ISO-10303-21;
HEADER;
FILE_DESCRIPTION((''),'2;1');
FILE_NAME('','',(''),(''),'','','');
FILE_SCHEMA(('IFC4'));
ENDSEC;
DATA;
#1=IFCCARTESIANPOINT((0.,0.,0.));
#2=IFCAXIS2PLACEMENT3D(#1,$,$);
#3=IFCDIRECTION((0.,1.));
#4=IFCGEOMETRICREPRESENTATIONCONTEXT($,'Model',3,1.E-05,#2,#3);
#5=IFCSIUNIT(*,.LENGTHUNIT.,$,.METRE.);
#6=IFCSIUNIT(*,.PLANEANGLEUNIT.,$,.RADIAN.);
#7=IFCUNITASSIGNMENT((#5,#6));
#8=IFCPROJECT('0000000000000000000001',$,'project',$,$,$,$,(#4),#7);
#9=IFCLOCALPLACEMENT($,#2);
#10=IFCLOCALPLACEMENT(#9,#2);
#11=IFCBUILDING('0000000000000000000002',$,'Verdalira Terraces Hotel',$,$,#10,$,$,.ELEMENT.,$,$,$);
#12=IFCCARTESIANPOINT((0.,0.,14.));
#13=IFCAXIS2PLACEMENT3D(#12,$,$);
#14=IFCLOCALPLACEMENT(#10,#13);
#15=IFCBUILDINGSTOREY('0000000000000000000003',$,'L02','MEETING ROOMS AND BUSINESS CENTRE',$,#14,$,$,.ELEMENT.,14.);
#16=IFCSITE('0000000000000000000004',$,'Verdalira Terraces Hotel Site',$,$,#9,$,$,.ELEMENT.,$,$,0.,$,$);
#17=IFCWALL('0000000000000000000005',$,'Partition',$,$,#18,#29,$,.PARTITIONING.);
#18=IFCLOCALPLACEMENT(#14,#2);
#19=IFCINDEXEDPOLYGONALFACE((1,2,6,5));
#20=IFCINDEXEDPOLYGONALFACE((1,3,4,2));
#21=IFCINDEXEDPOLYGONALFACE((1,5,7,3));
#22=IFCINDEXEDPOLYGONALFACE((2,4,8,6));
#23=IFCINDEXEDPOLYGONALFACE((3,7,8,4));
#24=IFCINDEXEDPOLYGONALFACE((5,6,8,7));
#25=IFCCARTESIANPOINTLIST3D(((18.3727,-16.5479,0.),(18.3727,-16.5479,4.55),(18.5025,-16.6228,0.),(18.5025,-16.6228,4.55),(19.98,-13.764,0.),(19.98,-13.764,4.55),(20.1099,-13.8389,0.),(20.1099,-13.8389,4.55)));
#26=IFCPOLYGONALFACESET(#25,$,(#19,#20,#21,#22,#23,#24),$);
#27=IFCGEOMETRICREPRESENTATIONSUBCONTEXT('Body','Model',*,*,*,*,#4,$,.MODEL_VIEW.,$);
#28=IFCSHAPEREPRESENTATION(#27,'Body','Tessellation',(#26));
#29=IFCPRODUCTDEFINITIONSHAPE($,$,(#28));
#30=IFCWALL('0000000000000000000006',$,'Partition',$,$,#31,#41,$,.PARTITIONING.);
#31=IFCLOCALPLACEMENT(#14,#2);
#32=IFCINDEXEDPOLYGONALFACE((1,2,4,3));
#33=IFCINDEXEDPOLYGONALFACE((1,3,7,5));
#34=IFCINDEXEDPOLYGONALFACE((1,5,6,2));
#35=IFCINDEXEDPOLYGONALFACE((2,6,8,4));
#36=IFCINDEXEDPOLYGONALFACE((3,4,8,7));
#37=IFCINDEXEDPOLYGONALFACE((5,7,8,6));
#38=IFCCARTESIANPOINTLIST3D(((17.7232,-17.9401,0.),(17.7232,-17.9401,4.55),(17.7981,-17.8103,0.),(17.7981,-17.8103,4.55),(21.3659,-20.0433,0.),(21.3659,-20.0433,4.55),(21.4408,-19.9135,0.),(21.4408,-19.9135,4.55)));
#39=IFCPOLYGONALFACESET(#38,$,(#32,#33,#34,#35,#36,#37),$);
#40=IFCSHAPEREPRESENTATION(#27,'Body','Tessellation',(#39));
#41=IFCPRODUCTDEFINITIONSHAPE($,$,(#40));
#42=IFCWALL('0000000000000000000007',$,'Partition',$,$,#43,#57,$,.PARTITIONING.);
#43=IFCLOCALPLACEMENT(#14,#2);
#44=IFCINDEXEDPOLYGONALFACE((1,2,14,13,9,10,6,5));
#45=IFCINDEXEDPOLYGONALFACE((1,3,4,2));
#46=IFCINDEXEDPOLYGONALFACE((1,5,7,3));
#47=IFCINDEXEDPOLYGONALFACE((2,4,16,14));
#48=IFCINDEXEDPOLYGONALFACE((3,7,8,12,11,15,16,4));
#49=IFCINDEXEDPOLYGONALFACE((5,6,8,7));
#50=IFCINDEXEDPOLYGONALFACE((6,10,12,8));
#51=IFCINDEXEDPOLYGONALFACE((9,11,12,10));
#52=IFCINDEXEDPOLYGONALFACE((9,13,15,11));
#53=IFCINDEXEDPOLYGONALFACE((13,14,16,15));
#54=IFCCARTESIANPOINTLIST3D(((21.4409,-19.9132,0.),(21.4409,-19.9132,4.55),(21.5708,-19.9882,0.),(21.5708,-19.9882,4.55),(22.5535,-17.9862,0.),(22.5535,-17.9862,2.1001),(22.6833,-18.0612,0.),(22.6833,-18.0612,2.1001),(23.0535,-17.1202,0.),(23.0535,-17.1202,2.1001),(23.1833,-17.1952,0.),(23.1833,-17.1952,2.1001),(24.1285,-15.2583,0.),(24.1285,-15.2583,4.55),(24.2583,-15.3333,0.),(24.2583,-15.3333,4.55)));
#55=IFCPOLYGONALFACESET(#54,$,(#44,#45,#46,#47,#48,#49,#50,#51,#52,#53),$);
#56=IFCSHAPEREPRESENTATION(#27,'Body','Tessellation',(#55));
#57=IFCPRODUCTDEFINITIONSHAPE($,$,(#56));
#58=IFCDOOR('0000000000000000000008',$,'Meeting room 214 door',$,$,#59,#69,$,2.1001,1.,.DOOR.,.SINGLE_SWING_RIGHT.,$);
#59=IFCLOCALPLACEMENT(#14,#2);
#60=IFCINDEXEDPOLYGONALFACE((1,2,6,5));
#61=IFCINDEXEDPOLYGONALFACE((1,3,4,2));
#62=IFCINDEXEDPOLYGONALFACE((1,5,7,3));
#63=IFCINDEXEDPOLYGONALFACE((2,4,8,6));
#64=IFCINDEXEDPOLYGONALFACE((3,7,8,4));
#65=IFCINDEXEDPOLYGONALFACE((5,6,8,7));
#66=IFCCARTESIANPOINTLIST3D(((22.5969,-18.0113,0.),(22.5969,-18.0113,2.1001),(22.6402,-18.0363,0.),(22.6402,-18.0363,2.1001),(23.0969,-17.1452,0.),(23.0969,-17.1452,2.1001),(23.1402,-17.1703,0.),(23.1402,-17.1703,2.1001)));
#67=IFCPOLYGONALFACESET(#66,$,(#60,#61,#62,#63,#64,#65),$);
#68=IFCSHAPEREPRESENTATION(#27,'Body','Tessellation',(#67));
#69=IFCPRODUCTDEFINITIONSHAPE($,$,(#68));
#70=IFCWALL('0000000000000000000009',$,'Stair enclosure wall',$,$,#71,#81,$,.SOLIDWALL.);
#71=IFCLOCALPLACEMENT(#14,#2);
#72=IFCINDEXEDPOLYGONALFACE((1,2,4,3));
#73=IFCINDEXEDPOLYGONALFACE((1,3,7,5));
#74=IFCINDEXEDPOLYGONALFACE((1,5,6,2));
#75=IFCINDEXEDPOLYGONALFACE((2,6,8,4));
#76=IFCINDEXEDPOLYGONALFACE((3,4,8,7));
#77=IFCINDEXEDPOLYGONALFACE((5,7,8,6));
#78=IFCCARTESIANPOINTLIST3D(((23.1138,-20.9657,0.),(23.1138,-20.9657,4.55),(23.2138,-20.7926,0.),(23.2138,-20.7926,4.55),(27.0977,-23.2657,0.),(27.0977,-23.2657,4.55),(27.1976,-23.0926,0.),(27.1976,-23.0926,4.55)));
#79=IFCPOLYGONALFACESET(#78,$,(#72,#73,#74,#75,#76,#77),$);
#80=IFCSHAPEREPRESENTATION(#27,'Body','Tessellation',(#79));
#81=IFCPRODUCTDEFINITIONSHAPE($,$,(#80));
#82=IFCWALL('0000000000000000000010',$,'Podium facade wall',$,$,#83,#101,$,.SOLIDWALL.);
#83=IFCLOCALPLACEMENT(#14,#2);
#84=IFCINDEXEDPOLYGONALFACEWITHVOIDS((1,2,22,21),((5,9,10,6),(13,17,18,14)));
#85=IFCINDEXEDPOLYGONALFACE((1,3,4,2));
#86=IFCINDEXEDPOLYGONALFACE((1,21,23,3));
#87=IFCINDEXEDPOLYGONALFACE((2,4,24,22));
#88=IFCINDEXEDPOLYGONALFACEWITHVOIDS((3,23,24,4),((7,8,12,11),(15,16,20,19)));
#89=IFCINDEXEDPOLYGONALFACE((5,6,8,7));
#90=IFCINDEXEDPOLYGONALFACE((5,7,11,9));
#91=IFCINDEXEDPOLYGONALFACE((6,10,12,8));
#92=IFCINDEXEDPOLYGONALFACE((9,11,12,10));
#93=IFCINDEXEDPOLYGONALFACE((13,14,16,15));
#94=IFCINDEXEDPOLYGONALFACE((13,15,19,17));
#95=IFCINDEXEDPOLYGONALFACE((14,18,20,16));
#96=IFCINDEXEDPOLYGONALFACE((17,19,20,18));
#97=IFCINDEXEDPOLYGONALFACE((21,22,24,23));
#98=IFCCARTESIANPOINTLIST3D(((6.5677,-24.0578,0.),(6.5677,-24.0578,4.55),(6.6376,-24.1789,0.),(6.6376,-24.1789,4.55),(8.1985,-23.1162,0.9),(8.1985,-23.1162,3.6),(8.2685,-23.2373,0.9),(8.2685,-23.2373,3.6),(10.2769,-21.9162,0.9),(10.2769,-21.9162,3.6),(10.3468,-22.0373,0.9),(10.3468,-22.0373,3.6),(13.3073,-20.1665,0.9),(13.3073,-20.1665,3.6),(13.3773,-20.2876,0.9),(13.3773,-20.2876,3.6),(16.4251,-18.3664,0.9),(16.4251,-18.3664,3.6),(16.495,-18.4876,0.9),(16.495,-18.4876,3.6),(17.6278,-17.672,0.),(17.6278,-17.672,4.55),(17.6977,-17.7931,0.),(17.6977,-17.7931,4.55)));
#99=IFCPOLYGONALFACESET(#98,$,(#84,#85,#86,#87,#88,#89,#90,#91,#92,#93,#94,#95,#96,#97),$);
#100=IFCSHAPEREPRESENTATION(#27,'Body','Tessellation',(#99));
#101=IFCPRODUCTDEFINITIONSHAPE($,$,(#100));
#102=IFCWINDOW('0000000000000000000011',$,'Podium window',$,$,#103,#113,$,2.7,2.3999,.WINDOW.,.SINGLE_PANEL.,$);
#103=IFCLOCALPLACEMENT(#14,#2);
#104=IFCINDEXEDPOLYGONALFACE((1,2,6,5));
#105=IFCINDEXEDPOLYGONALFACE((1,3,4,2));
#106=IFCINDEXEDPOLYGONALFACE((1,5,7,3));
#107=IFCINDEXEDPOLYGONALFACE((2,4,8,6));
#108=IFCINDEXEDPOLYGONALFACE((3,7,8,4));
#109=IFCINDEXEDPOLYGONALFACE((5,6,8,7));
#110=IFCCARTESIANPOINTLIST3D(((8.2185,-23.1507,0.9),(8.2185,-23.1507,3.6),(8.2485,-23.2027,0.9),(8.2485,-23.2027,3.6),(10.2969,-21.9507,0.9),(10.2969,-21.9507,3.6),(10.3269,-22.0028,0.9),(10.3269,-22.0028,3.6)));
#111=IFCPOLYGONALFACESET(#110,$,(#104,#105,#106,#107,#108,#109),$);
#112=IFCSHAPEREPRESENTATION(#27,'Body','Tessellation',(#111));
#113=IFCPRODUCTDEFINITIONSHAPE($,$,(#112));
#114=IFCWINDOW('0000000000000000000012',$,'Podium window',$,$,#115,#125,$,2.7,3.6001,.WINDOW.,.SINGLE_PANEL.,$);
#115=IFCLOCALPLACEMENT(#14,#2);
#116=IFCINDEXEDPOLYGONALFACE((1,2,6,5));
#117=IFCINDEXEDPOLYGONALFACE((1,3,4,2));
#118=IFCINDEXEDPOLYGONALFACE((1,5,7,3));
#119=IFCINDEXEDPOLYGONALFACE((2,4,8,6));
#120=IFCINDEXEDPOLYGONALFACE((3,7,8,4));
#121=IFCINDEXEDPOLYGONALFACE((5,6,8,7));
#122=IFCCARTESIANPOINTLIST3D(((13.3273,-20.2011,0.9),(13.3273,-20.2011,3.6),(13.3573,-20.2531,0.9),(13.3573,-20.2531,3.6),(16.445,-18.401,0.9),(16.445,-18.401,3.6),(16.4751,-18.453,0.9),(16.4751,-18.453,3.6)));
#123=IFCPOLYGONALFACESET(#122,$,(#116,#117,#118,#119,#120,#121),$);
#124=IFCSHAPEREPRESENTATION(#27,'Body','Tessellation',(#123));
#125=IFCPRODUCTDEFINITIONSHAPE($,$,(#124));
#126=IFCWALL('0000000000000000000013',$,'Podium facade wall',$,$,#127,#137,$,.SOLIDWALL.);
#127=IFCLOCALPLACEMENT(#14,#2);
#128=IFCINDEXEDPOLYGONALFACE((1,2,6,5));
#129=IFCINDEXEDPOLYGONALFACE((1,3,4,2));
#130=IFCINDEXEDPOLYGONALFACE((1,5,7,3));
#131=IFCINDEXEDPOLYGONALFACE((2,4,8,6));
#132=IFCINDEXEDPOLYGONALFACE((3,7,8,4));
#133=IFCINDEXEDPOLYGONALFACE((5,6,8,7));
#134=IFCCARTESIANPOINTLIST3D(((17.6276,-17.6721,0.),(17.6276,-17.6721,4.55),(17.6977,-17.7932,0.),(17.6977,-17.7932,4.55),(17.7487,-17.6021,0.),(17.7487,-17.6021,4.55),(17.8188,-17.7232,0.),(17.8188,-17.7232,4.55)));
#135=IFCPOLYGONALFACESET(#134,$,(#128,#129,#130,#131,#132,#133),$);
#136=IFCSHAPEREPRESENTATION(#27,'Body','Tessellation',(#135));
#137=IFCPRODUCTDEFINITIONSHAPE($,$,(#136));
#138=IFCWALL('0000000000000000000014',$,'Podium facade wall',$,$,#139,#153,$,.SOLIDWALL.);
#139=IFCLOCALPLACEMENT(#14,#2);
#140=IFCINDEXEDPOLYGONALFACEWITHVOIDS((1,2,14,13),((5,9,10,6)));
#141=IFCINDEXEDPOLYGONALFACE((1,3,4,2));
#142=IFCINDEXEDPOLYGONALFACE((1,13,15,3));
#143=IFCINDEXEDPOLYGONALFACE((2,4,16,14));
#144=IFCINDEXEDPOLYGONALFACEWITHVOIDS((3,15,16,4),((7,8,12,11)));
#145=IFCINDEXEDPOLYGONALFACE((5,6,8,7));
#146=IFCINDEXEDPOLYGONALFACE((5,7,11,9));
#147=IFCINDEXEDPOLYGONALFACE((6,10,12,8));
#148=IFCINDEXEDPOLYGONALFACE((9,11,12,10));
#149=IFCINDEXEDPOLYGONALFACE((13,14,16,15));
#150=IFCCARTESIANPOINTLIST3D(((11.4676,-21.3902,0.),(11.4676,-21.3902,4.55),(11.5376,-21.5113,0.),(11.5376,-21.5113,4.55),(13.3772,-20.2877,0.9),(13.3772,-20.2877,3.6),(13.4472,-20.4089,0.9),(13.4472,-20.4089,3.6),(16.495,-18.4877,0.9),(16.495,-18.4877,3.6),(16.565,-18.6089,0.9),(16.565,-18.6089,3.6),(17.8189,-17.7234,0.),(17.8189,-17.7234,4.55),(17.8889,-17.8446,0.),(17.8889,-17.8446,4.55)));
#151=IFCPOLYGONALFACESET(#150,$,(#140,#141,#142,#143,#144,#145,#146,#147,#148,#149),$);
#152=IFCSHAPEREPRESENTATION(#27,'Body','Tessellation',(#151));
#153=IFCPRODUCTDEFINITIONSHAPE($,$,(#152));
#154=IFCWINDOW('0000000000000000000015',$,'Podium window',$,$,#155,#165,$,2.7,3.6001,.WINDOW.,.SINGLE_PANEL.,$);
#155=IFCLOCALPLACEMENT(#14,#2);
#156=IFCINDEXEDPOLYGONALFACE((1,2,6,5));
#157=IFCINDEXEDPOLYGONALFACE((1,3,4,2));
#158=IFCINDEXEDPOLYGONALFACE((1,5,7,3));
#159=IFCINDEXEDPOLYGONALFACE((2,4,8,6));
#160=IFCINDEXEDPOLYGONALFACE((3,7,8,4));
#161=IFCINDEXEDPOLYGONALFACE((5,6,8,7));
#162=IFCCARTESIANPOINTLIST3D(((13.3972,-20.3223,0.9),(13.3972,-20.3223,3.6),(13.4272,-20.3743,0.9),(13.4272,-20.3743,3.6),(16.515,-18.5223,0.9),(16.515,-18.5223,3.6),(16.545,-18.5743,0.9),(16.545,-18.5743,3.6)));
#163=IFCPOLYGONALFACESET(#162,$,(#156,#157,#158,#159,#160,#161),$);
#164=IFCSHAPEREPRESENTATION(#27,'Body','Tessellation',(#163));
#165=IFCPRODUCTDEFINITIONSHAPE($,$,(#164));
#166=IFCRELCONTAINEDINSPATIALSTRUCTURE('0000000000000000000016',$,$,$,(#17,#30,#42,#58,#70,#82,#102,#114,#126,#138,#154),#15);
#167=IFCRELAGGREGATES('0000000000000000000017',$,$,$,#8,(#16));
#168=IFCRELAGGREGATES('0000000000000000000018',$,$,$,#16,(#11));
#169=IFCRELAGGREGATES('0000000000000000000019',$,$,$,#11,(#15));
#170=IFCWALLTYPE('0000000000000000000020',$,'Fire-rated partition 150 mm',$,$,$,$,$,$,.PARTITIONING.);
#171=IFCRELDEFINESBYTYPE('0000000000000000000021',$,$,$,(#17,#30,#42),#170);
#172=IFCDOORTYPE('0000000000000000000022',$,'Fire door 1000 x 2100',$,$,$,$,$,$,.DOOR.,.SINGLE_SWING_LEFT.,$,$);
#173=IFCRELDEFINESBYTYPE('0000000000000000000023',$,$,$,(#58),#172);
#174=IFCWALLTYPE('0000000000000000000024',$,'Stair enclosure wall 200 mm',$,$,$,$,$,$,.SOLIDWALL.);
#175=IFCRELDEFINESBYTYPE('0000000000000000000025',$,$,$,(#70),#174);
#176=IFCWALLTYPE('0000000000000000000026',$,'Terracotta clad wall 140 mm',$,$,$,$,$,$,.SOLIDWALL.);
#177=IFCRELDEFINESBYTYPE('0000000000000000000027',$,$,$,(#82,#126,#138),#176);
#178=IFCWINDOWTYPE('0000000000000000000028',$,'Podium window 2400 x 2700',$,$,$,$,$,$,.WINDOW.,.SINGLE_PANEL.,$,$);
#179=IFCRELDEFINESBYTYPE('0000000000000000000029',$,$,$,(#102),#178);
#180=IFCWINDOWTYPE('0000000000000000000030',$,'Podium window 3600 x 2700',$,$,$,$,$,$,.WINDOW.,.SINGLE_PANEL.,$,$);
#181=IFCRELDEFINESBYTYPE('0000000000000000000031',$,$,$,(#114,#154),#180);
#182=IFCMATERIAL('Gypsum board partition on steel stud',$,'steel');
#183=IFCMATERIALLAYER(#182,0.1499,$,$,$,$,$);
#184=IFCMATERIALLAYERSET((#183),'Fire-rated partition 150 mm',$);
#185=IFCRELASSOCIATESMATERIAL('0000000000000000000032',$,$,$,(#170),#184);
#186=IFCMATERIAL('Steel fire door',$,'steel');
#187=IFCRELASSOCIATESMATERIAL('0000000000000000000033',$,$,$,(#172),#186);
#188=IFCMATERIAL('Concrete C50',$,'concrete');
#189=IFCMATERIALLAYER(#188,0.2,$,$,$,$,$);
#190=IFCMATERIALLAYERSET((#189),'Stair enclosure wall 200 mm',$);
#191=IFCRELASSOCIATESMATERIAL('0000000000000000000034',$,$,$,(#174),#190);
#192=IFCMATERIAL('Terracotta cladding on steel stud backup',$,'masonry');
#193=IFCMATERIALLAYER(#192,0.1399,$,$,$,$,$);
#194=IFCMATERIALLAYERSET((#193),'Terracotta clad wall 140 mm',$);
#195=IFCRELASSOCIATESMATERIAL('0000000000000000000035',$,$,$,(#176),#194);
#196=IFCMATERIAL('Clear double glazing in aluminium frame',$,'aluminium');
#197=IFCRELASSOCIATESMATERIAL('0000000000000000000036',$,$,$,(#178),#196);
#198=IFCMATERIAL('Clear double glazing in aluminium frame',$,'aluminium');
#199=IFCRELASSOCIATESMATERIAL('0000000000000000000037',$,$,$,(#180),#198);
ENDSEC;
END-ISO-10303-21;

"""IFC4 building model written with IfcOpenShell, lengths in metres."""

from ifc_helpers import new_model, si_unit, direction, frame, frame_2d, origin, place, context, subcontext, project, spatial, rectangle, extrude, material, layer, layer_set, type_object, element, fill, save


model = new_model("IFC4")

# Units and contexts
model_context = context("Model", 3, precision=1e-05, world=origin(), true_north=direction((0.0, 1.0)))
body_context = subcontext(model_context, "Body", "Model", "MODEL_VIEW")
ifc_project = project(units=[si_unit("LENGTHUNIT", "METRE"), si_unit("PLANEANGLEUNIT", "RADIAN")], contexts=[model_context])

# Site, building, storey
site_placement = place(None, origin())
site = spatial("IfcSite", under=ifc_project, at=site_placement, Name="Verdalira Terraces Hotel Site", CompositionType="ELEMENT", RefElevation=0.0)
building_placement = place(site_placement, origin())
building = spatial("IfcBuilding", under=site, at=building_placement, Name="Verdalira Terraces Hotel", CompositionType="ELEMENT")
storey_placement = place(building_placement, frame((0.0, 0.0, 14.0)))
storey = spatial("IfcBuildingStorey", under=building, at=storey_placement, Name="L02", Description="MEETING ROOMS AND BUSINESS CENTRE", CompositionType="ELEMENT", Elevation=14.0)

# Shared definitions
ifc_material_1 = material(Name="Gypsum board partition on steel stud", Category="steel")
ifc_layer_1 = layer(ifc_material_1, 0.1499)
ifc_layer_set_1 = layer_set([ifc_layer_1], Name="Fire-rated partition 150 mm")
wall_type_1 = type_object("IfcWallType", Name="Fire-rated partition 150 mm", PredefinedType="PARTITIONING", material=ifc_layer_set_1)
ifc_material_2 = material(Name="Steel fire door", Category="steel")
door_type = type_object("IfcDoorType", Name="Fire door 1000 x 2100", OperationType="SINGLE_SWING_LEFT", PredefinedType="DOOR", material=ifc_material_2)

# Walls
wall_1_placement = place(storey_placement, frame((18.4375, -16.5854, 0.0), z_axis=(0.0, 0.0, 1.0), x_axis=(0.500027, 0.86601, 0.0)))
element("IfcWall", 1, at=wall_1_placement, inside=storey, type_object=wall_type_1, Name="Partition", PredefinedType="PARTITIONING", context=body_context, shape_type="SweptSolid", body=[
    extrude(rectangle(XDim=3.2146, YDim=0.1499, at=frame_2d((1.6074, 0.0))), origin(), (0.0, 0.0, 1.0), 4.55),
])
wall_2_placement = place(storey_placement, frame((17.7607, -17.8752, 0.0), z_axis=(0.0, 0.0, 1.0), x_axis=(0.866016, -0.500016, 0.0)))
element("IfcWall", 2, at=wall_2_placement, inside=storey, type_object=wall_type_1, Name="Partition", PredefinedType="PARTITIONING", context=body_context, shape_type="SweptSolid", body=[
    extrude(rectangle(XDim=4.2063, YDim=0.1499, at=frame_2d((2.103, 0.0))), origin(), (0.0, 0.0, 1.0), 4.55),
])

# Wall, opening, door
wall_3_placement = place(storey_placement, frame((21.5059, -19.9507, 0.0), z_axis=(0.0, 0.0, 1.0), x_axis=(0.500008, 0.866021, 0.0)))
wall_3 = element("IfcWall", 3, at=wall_3_placement, inside=storey, type_object=wall_type_1, Name="Partition", PredefinedType="PARTITIONING", context=body_context, shape_type="SweptSolid", body=[
    extrude(rectangle(XDim=5.375, YDim=0.1499, at=frame_2d((2.6875, 0.0))), origin(), (0.0, 0.0, 1.0), 4.55),
])
opening_1_placement = place(wall_3_placement, frame((2.2251, 0.0, 0.0)))
opening_1 = element("IfcOpeningElement", 4, at=opening_1_placement, cuts=wall_3, PredefinedType="OPENING", context=body_context, shape_type="SweptSolid", body=[
    extrude(rectangle(XDim=1.0, YDim=2.1001, at=frame_2d((0.5, 1.05))), frame((0.0, 0.085, 0.0), z_axis=(0.0, -1.0, 0.0), x_axis=(1.0, 0.0, 0.0)), (0.0, 0.0, 1.0), 0.1699),
])
door_1_placement = place(opening_1_placement, origin())
door_1 = element("IfcDoor", 5, at=door_1_placement, inside=storey, type_object=door_type, Name="Meeting room 214 door", OperationType="SINGLE_SWING_RIGHT", OverallHeight=2.1001, OverallWidth=1.0, PredefinedType="DOOR", context=body_context, shape_type="SweptSolid", body=[
    extrude(rectangle(XDim=1.0, YDim=2.1001, at=frame_2d((0.5, 1.05))), frame((0.0, 0.0249, 0.0), z_axis=(0.0, -1.0, 0.0), x_axis=(1.0, 0.0, 0.0)), (0.0, 0.0, 1.0), 0.05),
])
fill(opening_1, door_1)

# Wall
ifc_material_3 = material(Name="Concrete C50", Category="concrete")
ifc_layer_2 = layer(ifc_material_3, 0.2)
ifc_layer_set_2 = layer_set([ifc_layer_2], Name="Stair enclosure wall 200 mm")
wall_type_2 = type_object("IfcWallType", Name="Stair enclosure wall 200 mm", PredefinedType="SOLIDWALL", material=ifc_layer_set_2)
wall_4_placement = place(storey_placement, frame((23.1638, -20.8791, 0.0), z_axis=(0.0, 0.0, 1.0), x_axis=(0.86603, -0.499992, 0.0)))
element("IfcWall", 6, at=wall_4_placement, inside=storey, type_object=wall_type_2, Name="Stair enclosure wall", PredefinedType="SOLIDWALL", context=body_context, shape_type="SweptSolid", body=[
    extrude(rectangle(XDim=4.6001, YDim=0.2, at=frame_2d((2.3, 0.0))), origin(), (0.0, 0.0, 1.0), 4.55),
])

# Wall, openings, windows
ifc_material_4 = material(Name="Terracotta cladding on steel stud backup", Category="masonry")
ifc_layer_3 = layer(ifc_material_4, 0.1399)
ifc_layer_set_3 = layer_set([ifc_layer_3], Name="Terracotta clad wall 140 mm")
wall_type_3 = type_object("IfcWallType", Name="Terracotta clad wall 140 mm", PredefinedType="SOLIDWALL", material=ifc_layer_set_3)
wall_5_placement = place(storey_placement, frame((6.6025, -24.1184, 0.0), z_axis=(0.0, 0.0, 1.0), x_axis=(0.866018, 0.500013, 0.0)))
wall_5 = element("IfcWall", 7, at=wall_5_placement, inside=storey, type_object=wall_type_3, Name="Podium facade wall", PredefinedType="SOLIDWALL", context=body_context, shape_type="SweptSolid", body=[
    extrude(rectangle(XDim=12.7712, YDim=0.1399, at=frame_2d((6.3857, 0.0))), origin(), (0.0, 0.0, 1.0), 4.55),
])
opening_2_placement = place(wall_5_placement, frame((1.8833, 0.0, 0.8999)))
opening_2 = element("IfcOpeningElement", 8, at=opening_2_placement, cuts=wall_5, PredefinedType="OPENING", context=body_context, shape_type="SweptSolid", body=[
    extrude(rectangle(XDim=2.3999, YDim=2.7, at=frame_2d((1.2, 1.3501))), frame((0.0, 0.0798, 0.0), z_axis=(0.0, -1.0, 0.0), x_axis=(1.0, 0.0, 0.0)), (0.0, 0.0, 1.0), 0.1599),
])
opening_3_placement = place(wall_5_placement, frame((7.7825, 0.0, 0.8999)))
opening_3 = element("IfcOpeningElement", 9, at=opening_3_placement, cuts=wall_5, PredefinedType="OPENING", context=body_context, shape_type="SweptSolid", body=[
    extrude(rectangle(XDim=3.6001, YDim=2.7, at=frame_2d((1.8, 1.3501))), frame((0.0, 0.0798, 0.0), z_axis=(0.0, -1.0, 0.0), x_axis=(1.0, 0.0, 0.0)), (0.0, 0.0, 1.0), 0.1599),
])
ifc_material_5 = material(Name="Clear double glazing in aluminium frame", Category="aluminium")
window_type_1 = type_object("IfcWindowType", Name="Podium window 2400 x 2700", PartitioningType="SINGLE_PANEL", PredefinedType="WINDOW", material=ifc_material_5)
window_1_placement = place(opening_2_placement, origin())
window_1 = element("IfcWindow", 10, at=window_1_placement, inside=storey, type_object=window_type_1, Name="Podium window", OverallHeight=2.7, OverallWidth=2.3999, PartitioningType="SINGLE_PANEL", PredefinedType="WINDOW", context=body_context, shape_type="SweptSolid", body=[
    extrude(rectangle(XDim=2.3999, YDim=2.7, at=frame_2d((1.2, 1.3501))), frame((0.0, 0.03, 0.0), z_axis=(0.0, -1.0, 0.0), x_axis=(1.0, 0.0, 0.0)), (0.0, 0.0, 1.0), 0.0601),
])
fill(opening_2, window_1)
ifc_material_6 = material(Name="Clear double glazing in aluminium frame", Category="aluminium")
window_type_2 = type_object("IfcWindowType", Name="Podium window 3600 x 2700", PartitioningType="SINGLE_PANEL", PredefinedType="WINDOW", material=ifc_material_6)
window_2_placement = place(opening_3_placement, origin())
window_2 = element("IfcWindow", 11, at=window_2_placement, inside=storey, type_object=window_type_2, Name="Podium window", OverallHeight=2.7, OverallWidth=3.6001, PartitioningType="SINGLE_PANEL", PredefinedType="WINDOW", context=body_context, shape_type="SweptSolid", body=[
    extrude(rectangle(XDim=3.6001, YDim=2.7, at=frame_2d((1.8, 1.3501))), frame((0.0, 0.03, 0.0), z_axis=(0.0, -1.0, 0.0), x_axis=(1.0, 0.0, 0.0)), (0.0, 0.0, 1.0), 0.0601),
])
fill(opening_3, window_2)

# Wall
wall_6_placement = place(storey_placement, frame((17.6882, -17.6372, 0.0), z_axis=(0.0, 0.0, 1.0), x_axis=(0.50083, -0.865546, 0.0)))
element("IfcWall", 12, at=wall_6_placement, inside=storey, type_object=wall_type_3, Name="Podium facade wall", PredefinedType="SOLIDWALL", context=body_context, shape_type="SweptSolid", body=[
    extrude(rectangle(XDim=0.1399, YDim=0.1399, at=frame_2d((0.0698, 0.0))), origin(), (0.0, 0.0, 1.0), 4.55),
])

# Wall, opening, window
wall_7_placement = place(storey_placement, frame((17.854, -17.7839, 0.0), z_axis=(0.0, 0.0, 1.0), x_axis=(-0.866036, -0.499981, 0.0)))
wall_7 = element("IfcWall", 13, at=wall_7_placement, inside=storey, type_object=wall_type_3, Name="Podium facade wall", PredefinedType="SOLIDWALL", context=body_context, shape_type="SweptSolid", body=[
    extrude(rectangle(XDim=7.3337, YDim=0.1399, at=frame_2d((3.667, 0.0))), origin(), (0.0, 0.0, 1.0), 4.55),
])
opening_4_placement = place(wall_7_placement, frame((1.5288, 0.0, 0.8999)))
opening_4 = element("IfcOpeningElement", 14, at=opening_4_placement, cuts=wall_7, PredefinedType="OPENING", context=body_context, shape_type="SweptSolid", body=[
    extrude(rectangle(XDim=3.6001, YDim=2.7, at=frame_2d((1.8, 1.3501))), frame((0.0, 0.0798, 0.0), z_axis=(0.0, -1.0, 0.0), x_axis=(1.0, 0.0, 0.0)), (0.0, 0.0, 1.0), 0.1599),
])
window_3_placement = place(opening_4_placement, origin())
window_3 = element("IfcWindow", 15, at=window_3_placement, inside=storey, type_object=window_type_2, Name="Podium window", OverallHeight=2.7, OverallWidth=3.6001, PartitioningType="SINGLE_PANEL", PredefinedType="WINDOW", context=body_context, shape_type="SweptSolid", body=[
    extrude(rectangle(XDim=3.6001, YDim=2.7, at=frame_2d((1.8, 1.3501))), frame((0.0, 0.03, 0.0), z_axis=(0.0, -1.0, 0.0), x_axis=(1.0, 0.0, 0.0)), (0.0, 0.0, 1.0), 0.0601),
])
fill(opening_4, window_3)

save(model, "model.ifc")
